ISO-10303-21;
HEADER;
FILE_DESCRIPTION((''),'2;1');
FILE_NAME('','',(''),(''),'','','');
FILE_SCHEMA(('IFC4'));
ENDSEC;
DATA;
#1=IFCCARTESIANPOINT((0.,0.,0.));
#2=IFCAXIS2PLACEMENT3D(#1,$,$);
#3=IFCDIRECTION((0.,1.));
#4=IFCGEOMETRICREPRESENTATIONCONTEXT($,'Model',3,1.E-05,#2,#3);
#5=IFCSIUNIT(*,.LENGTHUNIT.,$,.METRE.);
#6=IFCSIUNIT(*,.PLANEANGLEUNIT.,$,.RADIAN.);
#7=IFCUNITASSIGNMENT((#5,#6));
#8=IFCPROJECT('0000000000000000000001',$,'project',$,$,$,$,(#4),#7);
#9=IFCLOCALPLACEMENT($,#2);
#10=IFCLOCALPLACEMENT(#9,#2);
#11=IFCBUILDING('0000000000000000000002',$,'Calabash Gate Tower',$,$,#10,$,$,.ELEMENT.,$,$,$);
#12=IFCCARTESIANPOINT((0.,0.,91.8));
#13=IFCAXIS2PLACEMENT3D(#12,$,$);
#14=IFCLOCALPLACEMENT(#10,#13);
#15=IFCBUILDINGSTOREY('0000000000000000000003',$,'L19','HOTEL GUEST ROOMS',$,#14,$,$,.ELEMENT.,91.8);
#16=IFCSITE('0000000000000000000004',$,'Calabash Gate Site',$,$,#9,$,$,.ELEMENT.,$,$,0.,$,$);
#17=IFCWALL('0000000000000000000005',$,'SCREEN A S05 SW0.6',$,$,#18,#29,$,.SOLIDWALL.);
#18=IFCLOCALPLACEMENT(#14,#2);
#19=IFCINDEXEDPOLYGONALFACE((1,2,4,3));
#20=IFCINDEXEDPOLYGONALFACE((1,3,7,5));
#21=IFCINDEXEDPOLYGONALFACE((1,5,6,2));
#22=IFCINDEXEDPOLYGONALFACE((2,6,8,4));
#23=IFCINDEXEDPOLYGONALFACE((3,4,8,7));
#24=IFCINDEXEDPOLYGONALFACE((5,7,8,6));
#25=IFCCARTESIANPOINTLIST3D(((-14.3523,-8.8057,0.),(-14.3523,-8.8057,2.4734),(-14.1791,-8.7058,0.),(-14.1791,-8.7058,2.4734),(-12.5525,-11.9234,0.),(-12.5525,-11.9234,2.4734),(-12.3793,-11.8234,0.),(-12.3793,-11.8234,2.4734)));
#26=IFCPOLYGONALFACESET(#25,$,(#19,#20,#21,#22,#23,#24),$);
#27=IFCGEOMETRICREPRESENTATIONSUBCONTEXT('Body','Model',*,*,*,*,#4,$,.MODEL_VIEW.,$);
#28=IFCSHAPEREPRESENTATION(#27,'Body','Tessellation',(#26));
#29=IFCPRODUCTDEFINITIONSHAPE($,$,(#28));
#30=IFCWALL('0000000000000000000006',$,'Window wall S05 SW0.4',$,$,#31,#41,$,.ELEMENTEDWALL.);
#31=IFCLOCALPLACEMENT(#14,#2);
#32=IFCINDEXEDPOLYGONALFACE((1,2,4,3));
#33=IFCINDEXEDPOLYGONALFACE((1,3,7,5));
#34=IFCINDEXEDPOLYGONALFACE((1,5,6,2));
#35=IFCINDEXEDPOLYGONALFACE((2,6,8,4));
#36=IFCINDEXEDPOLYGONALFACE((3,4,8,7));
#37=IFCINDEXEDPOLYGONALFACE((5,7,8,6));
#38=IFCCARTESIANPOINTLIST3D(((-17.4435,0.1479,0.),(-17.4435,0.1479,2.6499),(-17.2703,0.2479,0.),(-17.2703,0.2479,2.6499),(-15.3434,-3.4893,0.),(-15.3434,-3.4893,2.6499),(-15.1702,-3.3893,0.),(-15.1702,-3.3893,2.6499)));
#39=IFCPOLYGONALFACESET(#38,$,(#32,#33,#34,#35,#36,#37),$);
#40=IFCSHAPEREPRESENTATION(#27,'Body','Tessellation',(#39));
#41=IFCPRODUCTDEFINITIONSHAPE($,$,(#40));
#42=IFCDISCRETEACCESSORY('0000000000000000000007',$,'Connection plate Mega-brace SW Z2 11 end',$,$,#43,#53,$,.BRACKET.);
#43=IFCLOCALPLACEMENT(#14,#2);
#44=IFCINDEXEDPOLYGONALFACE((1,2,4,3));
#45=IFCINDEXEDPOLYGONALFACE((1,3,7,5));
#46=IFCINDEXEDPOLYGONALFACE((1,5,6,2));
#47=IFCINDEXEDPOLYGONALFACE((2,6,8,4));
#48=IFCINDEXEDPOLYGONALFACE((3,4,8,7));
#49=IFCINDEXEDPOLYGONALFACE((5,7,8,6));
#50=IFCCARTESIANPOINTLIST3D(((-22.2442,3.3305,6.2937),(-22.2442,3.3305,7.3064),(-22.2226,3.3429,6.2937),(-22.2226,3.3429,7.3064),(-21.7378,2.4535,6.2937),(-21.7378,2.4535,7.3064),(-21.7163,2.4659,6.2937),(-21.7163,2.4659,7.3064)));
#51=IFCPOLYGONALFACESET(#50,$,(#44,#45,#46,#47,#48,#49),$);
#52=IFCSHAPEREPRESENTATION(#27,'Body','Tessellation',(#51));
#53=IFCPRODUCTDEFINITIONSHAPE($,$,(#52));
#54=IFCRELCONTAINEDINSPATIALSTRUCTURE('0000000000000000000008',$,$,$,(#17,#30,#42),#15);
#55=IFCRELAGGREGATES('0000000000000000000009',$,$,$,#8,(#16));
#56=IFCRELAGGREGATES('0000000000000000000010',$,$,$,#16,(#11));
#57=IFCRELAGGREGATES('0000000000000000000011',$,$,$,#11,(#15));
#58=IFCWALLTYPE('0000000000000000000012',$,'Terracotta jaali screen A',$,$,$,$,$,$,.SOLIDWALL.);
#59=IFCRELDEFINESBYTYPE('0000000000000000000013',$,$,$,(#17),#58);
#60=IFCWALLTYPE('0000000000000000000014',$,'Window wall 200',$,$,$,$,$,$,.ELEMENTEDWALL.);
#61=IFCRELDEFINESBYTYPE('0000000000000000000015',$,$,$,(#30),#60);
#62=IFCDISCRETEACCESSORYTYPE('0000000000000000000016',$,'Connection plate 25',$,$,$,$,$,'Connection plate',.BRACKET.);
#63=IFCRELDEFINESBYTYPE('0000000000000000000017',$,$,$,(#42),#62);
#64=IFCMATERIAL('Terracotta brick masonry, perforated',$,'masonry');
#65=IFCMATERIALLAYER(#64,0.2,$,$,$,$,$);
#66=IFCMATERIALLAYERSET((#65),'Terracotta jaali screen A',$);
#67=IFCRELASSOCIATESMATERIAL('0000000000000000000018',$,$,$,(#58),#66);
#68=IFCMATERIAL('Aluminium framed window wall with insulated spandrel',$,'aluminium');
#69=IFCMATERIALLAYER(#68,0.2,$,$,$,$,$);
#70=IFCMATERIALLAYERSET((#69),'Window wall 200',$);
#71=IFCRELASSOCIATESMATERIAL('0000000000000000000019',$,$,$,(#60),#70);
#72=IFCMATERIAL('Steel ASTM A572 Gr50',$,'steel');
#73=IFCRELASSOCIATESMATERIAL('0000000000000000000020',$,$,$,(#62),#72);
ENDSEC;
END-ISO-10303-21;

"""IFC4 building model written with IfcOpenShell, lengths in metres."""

from ifc_helpers import new_model, si_unit, direction, frame, frame_2d, origin, origin_2d, place, context, subcontext, project, spatial, rectangle, extrude, material, layer, layer_set, type_object, element, save


model = new_model("IFC4")

# Units and contexts
model_context = context("Model", 3, precision=1e-05, world=origin(), true_north=direction((0.0, 1.0)))
body_context = subcontext(model_context, "Body", "Model", "MODEL_VIEW")
ifc_project = project(units=[si_unit("LENGTHUNIT", "METRE"), si_unit("PLANEANGLEUNIT", "RADIAN")], contexts=[model_context])

# Site, building, storey
site_placement = place(None, origin())
site = spatial("IfcSite", under=ifc_project, at=site_placement, Name="Calabash Gate Site", CompositionType="ELEMENT", RefElevation=0.0)
building_placement = place(site_placement, origin())
building = spatial("IfcBuilding", under=site, at=building_placement, Name="Calabash Gate Tower", CompositionType="ELEMENT")
storey_placement = place(building_placement, frame((0.0, 0.0, 91.8)))
storey = spatial("IfcBuildingStorey", under=building, at=storey_placement, Name="L19", Description="HOTEL GUEST ROOMS", CompositionType="ELEMENT", Elevation=91.8)

# Walls
ifc_material_1 = material(Name="Terracotta brick masonry, perforated", Category="masonry")
ifc_layer_1 = layer(ifc_material_1, 0.2)
ifc_layer_set_1 = layer_set([ifc_layer_1], Name="Terracotta jaali screen A")
wall_type_1 = type_object("IfcWallType", Name="Terracotta jaali screen A", PredefinedType="SOLIDWALL", material=ifc_layer_set_1)
wall_1_placement = place(storey_placement, frame((-14.2656, -8.7559, 0.0), z_axis=(0.0, 0.0, 1.0), x_axis=(0.499961, -0.866048, 0.0)))
element("IfcWall", 1, at=wall_1_placement, inside=storey, type_object=wall_type_1, Name="SCREEN A S05 SW0.6", PredefinedType="SOLIDWALL", context=body_context, shape_type="SweptSolid", body=[
    extrude(rectangle(XDim=3.5999, YDim=0.2, at=frame_2d((1.7998, 0.0))), origin(), (0.0, 0.0, 1.0), 2.4734),
])
ifc_material_2 = material(Name="Aluminium framed window wall with insulated spandrel", Category="aluminium")
ifc_layer_2 = layer(ifc_material_2, 0.2)
ifc_layer_set_2 = layer_set([ifc_layer_2], Name="Window wall 200")
wall_type_2 = type_object("IfcWallType", Name="Window wall 200", PredefinedType="ELEMENTEDWALL", material=ifc_layer_set_2)
wall_2_placement = place(storey_placement, frame((-17.3569, 0.198, 0.0), z_axis=(0.0, 0.0, 1.0), x_axis=(0.500028, -0.866009, 0.0)))
element("IfcWall", 2, at=wall_2_placement, inside=storey, type_object=wall_type_2, Name="Window wall S05 SW0.4", PredefinedType="ELEMENTEDWALL", context=body_context, shape_type="SweptSolid", body=[
    extrude(rectangle(XDim=4.2, YDim=0.2, at=frame_2d((2.1001, 0.0))), origin(), (0.0, 0.0, 1.0), 2.6499),
])

# Discrete accessory
ifc_material_3 = material(Name="Steel ASTM A572 Gr50", Category="steel")
discrete_accessory_type = type_object("IfcDiscreteAccessoryType", Name="Connection plate 25", ElementType="Connection plate", PredefinedType="BRACKET", material=ifc_material_3)
discrete_accessory_placement = place(storey_placement, frame((-21.9802, 2.8982, 6.2937), z_axis=(0.0, 0.0, 1.0), x_axis=(0.5, -0.866025, 0.0)))
element("IfcDiscreteAccessory", 3, at=discrete_accessory_placement, inside=storey, type_object=discrete_accessory_type, Name="Connection plate Mega-brace SW Z2 11 end", PredefinedType="BRACKET", context=body_context, shape_type="SweptSolid", body=[
    extrude(rectangle(XDim=1.0127, YDim=0.0249, at=origin_2d()), origin(), (0.0, 0.0, 1.0), 1.0127),
])

save(model, "model.ifc")
